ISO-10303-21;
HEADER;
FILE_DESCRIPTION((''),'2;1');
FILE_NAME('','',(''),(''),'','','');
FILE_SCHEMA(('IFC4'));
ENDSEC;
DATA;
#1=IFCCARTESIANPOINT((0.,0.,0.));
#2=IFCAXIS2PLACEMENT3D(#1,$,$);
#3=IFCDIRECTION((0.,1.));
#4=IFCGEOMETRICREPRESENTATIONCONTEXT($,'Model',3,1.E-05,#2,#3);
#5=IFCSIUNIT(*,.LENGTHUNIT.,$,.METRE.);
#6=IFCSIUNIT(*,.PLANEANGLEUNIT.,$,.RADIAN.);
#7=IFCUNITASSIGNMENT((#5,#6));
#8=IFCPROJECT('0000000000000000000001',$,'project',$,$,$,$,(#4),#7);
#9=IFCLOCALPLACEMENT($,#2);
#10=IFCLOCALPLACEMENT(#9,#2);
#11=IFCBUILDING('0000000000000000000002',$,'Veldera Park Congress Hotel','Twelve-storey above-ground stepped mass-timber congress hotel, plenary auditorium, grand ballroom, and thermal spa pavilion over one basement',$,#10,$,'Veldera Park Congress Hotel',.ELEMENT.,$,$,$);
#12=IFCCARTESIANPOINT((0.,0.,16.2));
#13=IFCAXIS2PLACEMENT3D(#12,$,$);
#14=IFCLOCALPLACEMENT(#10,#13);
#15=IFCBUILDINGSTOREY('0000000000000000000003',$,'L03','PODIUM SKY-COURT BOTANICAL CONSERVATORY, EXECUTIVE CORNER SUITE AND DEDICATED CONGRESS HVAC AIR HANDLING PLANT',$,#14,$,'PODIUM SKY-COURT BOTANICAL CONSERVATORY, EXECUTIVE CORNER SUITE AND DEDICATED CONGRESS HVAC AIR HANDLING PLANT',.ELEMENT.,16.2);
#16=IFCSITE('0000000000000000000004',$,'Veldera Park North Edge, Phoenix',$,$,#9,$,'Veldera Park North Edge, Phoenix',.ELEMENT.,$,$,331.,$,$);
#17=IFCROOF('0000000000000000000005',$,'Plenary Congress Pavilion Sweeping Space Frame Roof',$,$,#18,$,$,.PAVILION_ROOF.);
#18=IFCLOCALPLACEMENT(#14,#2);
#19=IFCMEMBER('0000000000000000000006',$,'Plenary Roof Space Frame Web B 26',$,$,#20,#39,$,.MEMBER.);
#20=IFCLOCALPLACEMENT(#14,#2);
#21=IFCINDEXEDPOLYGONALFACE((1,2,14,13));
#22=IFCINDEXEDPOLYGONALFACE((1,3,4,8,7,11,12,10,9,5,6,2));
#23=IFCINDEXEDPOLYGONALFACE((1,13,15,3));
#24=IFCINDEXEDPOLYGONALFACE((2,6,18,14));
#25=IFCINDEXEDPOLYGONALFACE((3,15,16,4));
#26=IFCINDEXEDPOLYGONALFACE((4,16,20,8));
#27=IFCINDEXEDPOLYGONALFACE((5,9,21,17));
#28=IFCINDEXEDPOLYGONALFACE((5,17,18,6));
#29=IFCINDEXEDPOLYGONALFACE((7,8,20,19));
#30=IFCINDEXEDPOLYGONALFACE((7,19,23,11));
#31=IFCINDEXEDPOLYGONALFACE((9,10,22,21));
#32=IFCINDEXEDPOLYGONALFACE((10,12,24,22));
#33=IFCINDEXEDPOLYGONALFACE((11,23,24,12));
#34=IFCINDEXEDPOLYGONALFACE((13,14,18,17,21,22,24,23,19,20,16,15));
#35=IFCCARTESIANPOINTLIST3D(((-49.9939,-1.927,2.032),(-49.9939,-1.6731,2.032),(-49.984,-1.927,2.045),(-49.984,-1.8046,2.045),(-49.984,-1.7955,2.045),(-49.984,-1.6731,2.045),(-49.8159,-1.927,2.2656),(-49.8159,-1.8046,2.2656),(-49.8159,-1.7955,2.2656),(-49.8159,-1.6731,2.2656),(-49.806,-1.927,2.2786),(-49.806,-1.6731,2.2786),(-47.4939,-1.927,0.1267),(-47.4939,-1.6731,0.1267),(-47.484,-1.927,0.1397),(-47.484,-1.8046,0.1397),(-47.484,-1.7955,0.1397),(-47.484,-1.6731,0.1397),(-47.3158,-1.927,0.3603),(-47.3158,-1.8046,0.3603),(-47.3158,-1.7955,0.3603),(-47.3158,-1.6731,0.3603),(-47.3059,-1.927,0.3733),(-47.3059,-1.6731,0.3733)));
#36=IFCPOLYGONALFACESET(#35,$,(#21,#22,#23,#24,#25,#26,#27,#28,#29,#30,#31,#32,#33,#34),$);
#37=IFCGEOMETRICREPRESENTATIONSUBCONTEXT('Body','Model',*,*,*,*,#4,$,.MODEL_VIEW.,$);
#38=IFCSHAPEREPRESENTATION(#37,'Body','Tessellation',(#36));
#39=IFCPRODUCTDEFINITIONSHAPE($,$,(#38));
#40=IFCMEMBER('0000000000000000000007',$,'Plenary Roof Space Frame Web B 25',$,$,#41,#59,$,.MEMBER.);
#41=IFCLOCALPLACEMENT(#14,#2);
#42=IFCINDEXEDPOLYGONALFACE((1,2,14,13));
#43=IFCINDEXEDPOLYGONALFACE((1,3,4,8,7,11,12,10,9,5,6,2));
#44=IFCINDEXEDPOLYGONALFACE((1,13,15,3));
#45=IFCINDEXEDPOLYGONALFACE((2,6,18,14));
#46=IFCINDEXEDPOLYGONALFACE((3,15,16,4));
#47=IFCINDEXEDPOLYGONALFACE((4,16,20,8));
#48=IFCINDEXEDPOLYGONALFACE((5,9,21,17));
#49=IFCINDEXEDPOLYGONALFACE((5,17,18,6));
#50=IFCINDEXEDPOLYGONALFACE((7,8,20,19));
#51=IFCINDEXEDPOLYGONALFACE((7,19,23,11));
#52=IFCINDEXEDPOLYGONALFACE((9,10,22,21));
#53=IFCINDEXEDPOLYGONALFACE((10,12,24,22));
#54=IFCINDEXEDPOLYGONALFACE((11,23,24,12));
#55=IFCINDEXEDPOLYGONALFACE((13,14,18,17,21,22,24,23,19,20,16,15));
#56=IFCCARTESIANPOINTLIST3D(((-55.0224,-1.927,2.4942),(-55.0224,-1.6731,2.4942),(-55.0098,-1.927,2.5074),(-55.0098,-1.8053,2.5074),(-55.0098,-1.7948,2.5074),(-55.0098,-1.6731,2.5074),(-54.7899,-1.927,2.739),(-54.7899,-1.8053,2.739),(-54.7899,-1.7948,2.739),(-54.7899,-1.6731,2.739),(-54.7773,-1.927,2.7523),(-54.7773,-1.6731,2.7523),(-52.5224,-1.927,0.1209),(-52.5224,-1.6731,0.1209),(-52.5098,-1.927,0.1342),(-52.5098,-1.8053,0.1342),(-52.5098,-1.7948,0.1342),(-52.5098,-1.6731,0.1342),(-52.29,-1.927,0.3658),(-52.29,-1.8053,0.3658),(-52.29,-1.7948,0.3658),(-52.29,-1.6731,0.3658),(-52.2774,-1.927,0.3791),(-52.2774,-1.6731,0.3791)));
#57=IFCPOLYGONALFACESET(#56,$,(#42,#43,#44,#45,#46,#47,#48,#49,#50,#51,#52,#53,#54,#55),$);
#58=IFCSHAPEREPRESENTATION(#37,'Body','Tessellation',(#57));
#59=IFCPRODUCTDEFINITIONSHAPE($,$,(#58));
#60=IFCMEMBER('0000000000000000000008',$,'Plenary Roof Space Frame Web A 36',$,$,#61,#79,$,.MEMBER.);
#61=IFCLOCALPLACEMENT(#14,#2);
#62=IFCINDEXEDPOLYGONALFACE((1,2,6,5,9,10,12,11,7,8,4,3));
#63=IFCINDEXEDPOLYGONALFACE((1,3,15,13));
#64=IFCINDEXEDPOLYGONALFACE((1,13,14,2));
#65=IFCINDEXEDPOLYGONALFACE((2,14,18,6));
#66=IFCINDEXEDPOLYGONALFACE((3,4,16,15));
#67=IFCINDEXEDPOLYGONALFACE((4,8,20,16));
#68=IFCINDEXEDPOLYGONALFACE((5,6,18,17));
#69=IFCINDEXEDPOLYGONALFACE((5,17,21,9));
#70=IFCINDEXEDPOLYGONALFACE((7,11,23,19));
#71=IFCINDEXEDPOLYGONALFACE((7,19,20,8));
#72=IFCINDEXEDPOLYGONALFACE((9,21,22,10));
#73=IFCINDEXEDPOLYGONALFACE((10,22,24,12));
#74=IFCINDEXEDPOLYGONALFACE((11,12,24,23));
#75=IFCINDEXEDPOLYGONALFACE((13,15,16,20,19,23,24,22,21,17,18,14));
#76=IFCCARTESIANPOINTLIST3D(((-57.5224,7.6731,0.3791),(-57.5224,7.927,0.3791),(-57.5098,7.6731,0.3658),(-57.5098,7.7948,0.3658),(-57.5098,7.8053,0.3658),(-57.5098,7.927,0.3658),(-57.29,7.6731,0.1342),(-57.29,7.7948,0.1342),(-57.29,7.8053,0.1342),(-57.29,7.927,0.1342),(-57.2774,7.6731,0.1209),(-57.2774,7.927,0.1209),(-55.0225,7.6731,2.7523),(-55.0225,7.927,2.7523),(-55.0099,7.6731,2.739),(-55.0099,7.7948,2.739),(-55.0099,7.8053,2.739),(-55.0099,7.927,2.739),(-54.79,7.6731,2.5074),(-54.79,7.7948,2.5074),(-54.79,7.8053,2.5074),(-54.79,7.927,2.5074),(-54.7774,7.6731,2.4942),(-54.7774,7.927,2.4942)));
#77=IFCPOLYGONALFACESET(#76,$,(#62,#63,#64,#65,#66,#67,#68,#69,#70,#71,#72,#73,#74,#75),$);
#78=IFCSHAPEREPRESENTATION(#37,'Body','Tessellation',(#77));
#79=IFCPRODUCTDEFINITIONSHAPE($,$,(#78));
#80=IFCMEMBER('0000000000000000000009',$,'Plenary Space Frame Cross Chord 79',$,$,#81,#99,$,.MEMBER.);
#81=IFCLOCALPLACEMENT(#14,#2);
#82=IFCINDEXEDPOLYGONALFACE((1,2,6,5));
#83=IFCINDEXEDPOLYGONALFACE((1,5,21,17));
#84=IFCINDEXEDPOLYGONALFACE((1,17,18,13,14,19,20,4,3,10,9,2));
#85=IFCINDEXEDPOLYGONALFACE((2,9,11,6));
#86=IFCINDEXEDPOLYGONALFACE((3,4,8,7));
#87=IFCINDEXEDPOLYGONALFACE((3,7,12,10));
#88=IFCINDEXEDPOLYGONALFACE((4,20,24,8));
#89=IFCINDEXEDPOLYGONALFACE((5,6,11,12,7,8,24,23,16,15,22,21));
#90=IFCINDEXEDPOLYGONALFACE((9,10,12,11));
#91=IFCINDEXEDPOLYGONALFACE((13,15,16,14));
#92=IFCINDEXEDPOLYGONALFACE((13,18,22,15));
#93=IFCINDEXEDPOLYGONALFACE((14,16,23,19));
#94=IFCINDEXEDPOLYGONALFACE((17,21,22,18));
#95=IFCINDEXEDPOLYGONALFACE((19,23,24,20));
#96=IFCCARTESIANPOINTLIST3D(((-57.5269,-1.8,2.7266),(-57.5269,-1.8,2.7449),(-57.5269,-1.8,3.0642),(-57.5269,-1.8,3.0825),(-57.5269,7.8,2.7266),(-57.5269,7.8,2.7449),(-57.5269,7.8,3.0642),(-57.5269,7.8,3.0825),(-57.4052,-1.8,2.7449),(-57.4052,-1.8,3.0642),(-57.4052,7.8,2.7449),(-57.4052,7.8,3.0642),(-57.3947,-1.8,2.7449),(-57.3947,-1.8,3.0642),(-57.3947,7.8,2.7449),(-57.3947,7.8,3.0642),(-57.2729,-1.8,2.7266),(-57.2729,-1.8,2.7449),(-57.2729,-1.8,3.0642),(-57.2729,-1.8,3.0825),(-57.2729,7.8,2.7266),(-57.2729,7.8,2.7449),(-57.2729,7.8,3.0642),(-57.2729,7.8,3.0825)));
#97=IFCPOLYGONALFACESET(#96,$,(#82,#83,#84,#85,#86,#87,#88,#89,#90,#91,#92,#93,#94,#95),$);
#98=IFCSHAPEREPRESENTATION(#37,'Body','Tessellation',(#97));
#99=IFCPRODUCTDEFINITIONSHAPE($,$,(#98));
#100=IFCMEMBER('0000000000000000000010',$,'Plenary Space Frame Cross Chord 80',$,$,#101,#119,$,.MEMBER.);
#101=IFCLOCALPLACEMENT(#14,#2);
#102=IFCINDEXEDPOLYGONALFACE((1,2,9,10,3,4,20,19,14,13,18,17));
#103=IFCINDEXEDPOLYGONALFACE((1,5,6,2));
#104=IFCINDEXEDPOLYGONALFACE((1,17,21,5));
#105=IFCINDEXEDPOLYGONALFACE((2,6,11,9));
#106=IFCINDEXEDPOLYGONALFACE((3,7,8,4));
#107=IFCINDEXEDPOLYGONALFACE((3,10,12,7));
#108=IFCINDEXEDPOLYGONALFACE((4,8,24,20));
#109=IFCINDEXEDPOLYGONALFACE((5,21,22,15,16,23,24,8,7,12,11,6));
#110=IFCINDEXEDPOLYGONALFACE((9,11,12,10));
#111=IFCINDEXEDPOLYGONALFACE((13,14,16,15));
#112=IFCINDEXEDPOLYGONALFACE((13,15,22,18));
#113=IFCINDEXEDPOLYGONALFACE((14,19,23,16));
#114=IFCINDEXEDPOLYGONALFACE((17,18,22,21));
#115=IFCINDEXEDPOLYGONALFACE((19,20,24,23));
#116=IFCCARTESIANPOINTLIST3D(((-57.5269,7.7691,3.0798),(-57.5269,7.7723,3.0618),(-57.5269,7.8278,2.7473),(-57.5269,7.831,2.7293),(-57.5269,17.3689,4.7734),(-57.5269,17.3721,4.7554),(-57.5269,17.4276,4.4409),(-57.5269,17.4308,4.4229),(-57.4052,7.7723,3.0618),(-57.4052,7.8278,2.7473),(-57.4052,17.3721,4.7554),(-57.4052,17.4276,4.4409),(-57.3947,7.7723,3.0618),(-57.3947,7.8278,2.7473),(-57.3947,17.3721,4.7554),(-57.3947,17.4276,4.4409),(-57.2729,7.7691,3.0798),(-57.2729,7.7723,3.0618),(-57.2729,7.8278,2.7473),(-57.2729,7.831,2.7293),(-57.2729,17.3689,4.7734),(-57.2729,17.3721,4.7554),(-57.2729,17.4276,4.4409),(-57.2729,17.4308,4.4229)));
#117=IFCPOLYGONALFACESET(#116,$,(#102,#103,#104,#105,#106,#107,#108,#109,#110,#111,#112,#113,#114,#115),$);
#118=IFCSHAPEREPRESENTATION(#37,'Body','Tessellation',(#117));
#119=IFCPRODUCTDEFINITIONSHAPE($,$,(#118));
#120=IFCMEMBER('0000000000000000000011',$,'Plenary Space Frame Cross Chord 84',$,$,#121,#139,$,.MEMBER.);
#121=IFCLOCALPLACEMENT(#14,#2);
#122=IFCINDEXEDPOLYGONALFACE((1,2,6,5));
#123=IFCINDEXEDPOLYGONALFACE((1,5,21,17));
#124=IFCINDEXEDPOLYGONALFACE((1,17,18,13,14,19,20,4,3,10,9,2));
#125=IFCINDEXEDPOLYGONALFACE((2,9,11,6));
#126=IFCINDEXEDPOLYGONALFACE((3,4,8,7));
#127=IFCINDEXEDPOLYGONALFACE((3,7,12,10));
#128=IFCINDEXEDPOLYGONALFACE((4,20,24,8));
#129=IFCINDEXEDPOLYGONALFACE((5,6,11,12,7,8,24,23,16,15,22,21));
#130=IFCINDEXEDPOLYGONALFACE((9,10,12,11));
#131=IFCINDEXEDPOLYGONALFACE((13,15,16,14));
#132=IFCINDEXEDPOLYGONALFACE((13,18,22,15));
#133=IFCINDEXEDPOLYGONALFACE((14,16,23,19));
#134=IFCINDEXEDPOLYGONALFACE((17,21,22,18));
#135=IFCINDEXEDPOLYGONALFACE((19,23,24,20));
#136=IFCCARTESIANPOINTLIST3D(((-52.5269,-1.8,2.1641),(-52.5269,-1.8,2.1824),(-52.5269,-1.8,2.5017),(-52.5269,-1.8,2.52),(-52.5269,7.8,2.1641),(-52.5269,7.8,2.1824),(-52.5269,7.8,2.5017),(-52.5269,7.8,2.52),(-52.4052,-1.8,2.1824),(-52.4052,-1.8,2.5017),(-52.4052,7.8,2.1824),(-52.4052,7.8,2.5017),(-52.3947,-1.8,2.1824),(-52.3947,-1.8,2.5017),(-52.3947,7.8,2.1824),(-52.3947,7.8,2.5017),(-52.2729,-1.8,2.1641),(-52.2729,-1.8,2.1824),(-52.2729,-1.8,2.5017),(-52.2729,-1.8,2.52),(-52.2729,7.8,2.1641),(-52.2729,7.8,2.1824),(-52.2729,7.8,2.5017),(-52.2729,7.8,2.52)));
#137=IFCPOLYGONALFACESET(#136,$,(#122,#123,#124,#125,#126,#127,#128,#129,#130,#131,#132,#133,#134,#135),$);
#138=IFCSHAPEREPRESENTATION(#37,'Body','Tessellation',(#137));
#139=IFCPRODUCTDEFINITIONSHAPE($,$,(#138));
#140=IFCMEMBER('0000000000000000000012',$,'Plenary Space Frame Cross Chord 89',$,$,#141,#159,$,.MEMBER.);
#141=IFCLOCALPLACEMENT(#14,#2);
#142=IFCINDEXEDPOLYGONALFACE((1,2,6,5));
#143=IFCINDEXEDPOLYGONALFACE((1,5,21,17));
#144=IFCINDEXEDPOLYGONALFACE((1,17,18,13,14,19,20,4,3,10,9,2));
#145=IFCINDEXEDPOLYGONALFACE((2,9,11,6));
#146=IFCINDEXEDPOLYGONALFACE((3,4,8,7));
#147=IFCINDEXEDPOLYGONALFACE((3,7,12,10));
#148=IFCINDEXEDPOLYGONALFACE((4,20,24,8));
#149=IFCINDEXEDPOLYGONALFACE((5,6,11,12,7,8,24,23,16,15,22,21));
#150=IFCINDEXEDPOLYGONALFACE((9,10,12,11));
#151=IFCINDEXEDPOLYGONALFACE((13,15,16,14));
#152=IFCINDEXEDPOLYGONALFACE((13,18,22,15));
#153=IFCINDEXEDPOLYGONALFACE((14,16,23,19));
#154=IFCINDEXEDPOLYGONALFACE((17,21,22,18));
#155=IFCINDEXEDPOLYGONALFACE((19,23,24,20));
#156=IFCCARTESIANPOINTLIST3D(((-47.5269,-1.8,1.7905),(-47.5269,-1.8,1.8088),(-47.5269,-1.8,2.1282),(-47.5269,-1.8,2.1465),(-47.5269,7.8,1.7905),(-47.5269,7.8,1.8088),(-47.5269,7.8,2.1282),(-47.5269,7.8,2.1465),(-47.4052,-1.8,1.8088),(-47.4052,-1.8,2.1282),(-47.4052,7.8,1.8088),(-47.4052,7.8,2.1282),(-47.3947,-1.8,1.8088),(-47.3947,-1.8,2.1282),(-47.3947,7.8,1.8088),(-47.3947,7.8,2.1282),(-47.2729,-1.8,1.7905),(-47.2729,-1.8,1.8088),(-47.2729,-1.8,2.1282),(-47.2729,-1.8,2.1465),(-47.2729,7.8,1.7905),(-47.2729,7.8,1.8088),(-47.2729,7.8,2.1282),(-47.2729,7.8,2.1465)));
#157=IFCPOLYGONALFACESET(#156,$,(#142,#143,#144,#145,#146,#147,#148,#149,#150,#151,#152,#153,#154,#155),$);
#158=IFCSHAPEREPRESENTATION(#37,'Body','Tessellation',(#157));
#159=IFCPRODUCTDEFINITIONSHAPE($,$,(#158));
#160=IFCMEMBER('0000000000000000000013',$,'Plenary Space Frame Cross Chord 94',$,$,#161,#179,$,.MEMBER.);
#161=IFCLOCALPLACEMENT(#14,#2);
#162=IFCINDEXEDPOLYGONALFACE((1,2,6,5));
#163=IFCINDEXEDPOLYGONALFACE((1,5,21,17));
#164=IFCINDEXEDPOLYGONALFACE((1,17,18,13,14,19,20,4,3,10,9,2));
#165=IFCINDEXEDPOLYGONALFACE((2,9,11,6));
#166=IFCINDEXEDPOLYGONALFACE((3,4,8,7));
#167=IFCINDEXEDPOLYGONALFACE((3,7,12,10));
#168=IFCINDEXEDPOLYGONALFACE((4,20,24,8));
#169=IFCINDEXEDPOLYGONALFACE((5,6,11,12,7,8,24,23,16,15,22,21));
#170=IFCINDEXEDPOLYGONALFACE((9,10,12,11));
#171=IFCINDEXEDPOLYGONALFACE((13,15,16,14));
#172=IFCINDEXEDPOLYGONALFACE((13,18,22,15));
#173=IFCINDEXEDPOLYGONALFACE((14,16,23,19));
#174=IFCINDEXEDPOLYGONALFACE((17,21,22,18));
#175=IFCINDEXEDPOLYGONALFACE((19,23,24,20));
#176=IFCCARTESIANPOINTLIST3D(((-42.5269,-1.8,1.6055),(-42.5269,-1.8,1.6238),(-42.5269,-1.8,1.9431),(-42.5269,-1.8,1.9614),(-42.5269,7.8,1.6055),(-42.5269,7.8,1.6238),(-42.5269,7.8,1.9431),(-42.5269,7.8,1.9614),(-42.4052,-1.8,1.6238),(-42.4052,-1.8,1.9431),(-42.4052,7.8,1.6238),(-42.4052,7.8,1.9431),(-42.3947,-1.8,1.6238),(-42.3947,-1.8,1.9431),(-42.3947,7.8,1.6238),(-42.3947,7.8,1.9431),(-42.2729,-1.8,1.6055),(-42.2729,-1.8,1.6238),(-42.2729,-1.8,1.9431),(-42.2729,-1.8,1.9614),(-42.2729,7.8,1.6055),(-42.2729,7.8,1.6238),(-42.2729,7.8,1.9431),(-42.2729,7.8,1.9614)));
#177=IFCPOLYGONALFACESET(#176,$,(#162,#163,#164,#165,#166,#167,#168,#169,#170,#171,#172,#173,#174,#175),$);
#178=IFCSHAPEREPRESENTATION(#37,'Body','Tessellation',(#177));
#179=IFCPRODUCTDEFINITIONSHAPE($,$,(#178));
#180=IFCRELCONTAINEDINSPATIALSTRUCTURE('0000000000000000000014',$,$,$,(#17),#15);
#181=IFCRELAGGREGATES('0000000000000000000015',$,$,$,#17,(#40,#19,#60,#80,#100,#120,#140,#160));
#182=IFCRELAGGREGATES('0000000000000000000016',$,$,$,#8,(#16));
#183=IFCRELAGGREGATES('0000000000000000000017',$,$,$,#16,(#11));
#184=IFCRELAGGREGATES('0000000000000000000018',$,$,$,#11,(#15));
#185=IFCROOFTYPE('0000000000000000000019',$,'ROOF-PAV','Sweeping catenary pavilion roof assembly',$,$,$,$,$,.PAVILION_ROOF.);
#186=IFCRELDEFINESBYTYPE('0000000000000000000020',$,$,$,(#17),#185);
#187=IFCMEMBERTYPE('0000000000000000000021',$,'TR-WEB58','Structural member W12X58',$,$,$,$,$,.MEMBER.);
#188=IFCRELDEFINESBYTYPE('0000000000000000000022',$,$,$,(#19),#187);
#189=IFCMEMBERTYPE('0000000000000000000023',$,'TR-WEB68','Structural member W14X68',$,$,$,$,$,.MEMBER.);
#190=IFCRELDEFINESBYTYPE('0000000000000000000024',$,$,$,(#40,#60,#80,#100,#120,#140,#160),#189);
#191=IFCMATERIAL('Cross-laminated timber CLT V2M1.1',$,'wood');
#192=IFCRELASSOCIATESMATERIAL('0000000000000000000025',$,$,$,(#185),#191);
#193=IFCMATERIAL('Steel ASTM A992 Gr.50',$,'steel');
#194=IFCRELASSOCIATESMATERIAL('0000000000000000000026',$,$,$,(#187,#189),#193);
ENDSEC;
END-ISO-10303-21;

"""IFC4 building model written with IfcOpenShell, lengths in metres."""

from ifc_helpers import new_model, si_unit, direction, frame, origin, origin_2d, place, context, subcontext, project, spatial, i_section, extrude, material, material_profile, profile_set, type_object, element, aggregate, save


model = new_model("IFC4")

# Units and contexts
model_context = context("Model", 3, precision=1e-05, world=origin(), true_north=direction((0.0, 1.0)))
body_context = subcontext(model_context, "Body", "Model", "MODEL_VIEW")
ifc_project = project(units=[si_unit("LENGTHUNIT", "METRE"), si_unit("PLANEANGLEUNIT", "RADIAN")], contexts=[model_context])

# Site, building, storey
site_placement = place(None, origin())
site = spatial("IfcSite", under=ifc_project, at=site_placement, Name="Veldera Park North Edge, Phoenix", LongName="Veldera Park North Edge, Phoenix", CompositionType="ELEMENT", RefElevation=331.0)
building_placement = place(site_placement, origin())
building = spatial("IfcBuilding", under=site, at=building_placement, Name="Veldera Park Congress Hotel", Description="Twelve-storey above-ground stepped mass-timber congress hotel, plenary auditorium, grand ballroom, and thermal spa pavilion over one basement", LongName="Veldera Park Congress Hotel", CompositionType="ELEMENT")
storey_placement = place(building_placement, frame((0.0, 0.0, 16.2)))
storey = spatial("IfcBuildingStorey", under=building, at=storey_placement, Name="L03", Description="PODIUM SKY-COURT BOTANICAL CONSERVATORY, EXECUTIVE CORNER SUITE AND DEDICATED CONGRESS HVAC AIR HANDLING PLANT", LongName="PODIUM SKY-COURT BOTANICAL CONSERVATORY, EXECUTIVE CORNER SUITE AND DEDICATED CONGRESS HVAC AIR HANDLING PLANT", CompositionType="ELEMENT", Elevation=16.2)

# Roof, members
ifc_material_1 = material(Name="Cross-laminated timber CLT V2M1.1", Category="wood")
roof_type = type_object("IfcRoofType", Name="ROOF-PAV", Description="Sweeping catenary pavilion roof assembly", PredefinedType="PAVILION_ROOF", material=ifc_material_1)
roof_placement = place(storey_placement, origin())
roof = element("IfcRoof", 1, at=roof_placement, inside=storey, type_object=roof_type, Name="Plenary Congress Pavilion Sweeping Space Frame Roof", PredefinedType="PAVILION_ROOF")
ifc_material_2 = material(Name="Steel ASTM A992 Gr.50", Category="steel")
ifc_material_profile_1 = material_profile(ifc_material_2, i_section(OverallWidth=0.2539, OverallDepth=0.3101, WebThickness=0.009, FlangeThickness=0.0164, at=origin_2d()), Name="W12X58")
ifc_profile_set_1 = profile_set([ifc_material_profile_1], Name="Steel ASTM A992 Gr.50")
member_type_1 = type_object("IfcMemberType", Name="TR-WEB58", Description="Structural member W12X58", PredefinedType="MEMBER", material=ifc_profile_set_1)
member_1_placement = place(storey_placement, frame((-47.3999, -1.8, 0.25), z_axis=(-0.795353, 0.0, 0.606146), x_axis=(0.0, -1.0, 0.0)))
member_1 = element("IfcMember", 2, at=member_1_placement, type_object=member_type_1, Name="Plenary Roof Space Frame Web B 26", PredefinedType="MEMBER", context=body_context, shape_type="SweptSolid", body=[
    extrude(i_section(OverallWidth=0.2539, OverallDepth=0.3101, WebThickness=0.009, FlangeThickness=0.0164, at=origin_2d()), origin(), (0.0, 0.0, 1.0), 3.1433),
])
ifc_material_profile_2 = material_profile(ifc_material_2, i_section(OverallWidth=0.2539, OverallDepth=0.356, WebThickness=0.0105, FlangeThickness=0.0183, at=origin_2d()), Name="W14X68")
ifc_profile_set_2 = profile_set([ifc_material_profile_2], Name="Steel ASTM A992 Gr.50")
member_type_2 = type_object("IfcMemberType", Name="TR-WEB68", Description="Structural member W14X68", PredefinedType="MEMBER", material=ifc_profile_set_2)
member_2_placement = place(storey_placement, frame((-52.3999, -1.8, 0.25), z_axis=(-0.725247, 0.0, 0.688489), x_axis=(0.0, -1.0, 0.0)))
member_2 = element("IfcMember", 3, at=member_2_placement, type_object=member_type_2, Name="Plenary Roof Space Frame Web B 25", PredefinedType="MEMBER", context=body_context, shape_type="SweptSolid", body=[
    extrude(i_section(OverallWidth=0.2539, OverallDepth=0.356, WebThickness=0.0105, FlangeThickness=0.0183, at=origin_2d()), origin(), (0.0, 0.0, 1.0), 3.447),
])
member_3_placement = place(storey_placement, frame((-57.3999, 7.8, 0.25), z_axis=(0.725247, 0.0, 0.688489), x_axis=(0.0, 1.0, 0.0)))
member_3 = element("IfcMember", 4, at=member_3_placement, type_object=member_type_2, Name="Plenary Roof Space Frame Web A 36", PredefinedType="MEMBER", context=body_context, shape_type="SweptSolid", body=[
    extrude(i_section(OverallWidth=0.2539, OverallDepth=0.356, WebThickness=0.0105, FlangeThickness=0.0183, at=origin_2d()), origin(), (0.0, 0.0, 1.0), 3.447),
])
member_4_placement = place(storey_placement, frame((-57.3999, -1.8, 2.9045), z_axis=(0.0, 1.0, 0.0), x_axis=(-1.0, 0.0, 0.0)))
member_4 = element("IfcMember", 5, at=member_4_placement, type_object=member_type_2, Name="Plenary Space Frame Cross Chord 79", PredefinedType="MEMBER", context=body_context, shape_type="SweptSolid", body=[
    extrude(i_section(OverallWidth=0.2539, OverallDepth=0.356, WebThickness=0.0105, FlangeThickness=0.0183, at=origin_2d()), origin(), (0.0, 0.0, 1.0), 9.6001),
])
member_5_placement = place(storey_placement, frame((-57.3999, 7.8, 2.9045), z_axis=(0.0, 0.984792, 0.173737), x_axis=(-1.0, 0.0, 0.0)))
member_5 = element("IfcMember", 6, at=member_5_placement, type_object=member_type_2, Name="Plenary Space Frame Cross Chord 80", PredefinedType="MEMBER", context=body_context, shape_type="SweptSolid", body=[
    extrude(i_section(OverallWidth=0.2539, OverallDepth=0.356, WebThickness=0.0105, FlangeThickness=0.0183, at=origin_2d()), origin(), (0.0, 0.0, 1.0), 9.748),
])
member_6_placement = place(storey_placement, frame((-52.3999, -1.8, 2.342), z_axis=(0.0, 1.0, 0.0), x_axis=(-1.0, 0.0, 0.0)))
member_6 = element("IfcMember", 7, at=member_6_placement, type_object=member_type_2, Name="Plenary Space Frame Cross Chord 84", PredefinedType="MEMBER", context=body_context, shape_type="SweptSolid", body=[
    extrude(i_section(OverallWidth=0.2539, OverallDepth=0.356, WebThickness=0.0105, FlangeThickness=0.0183, at=origin_2d()), origin(), (0.0, 0.0, 1.0), 9.6001),
])
member_7_placement = place(storey_placement, frame((-47.3999, -1.8, 1.9685), z_axis=(0.0, 1.0, 0.0), x_axis=(-1.0, 0.0, 0.0)))
member_7 = element("IfcMember", 8, at=member_7_placement, type_object=member_type_2, Name="Plenary Space Frame Cross Chord 89", PredefinedType="MEMBER", context=body_context, shape_type="SweptSolid", body=[
    extrude(i_section(OverallWidth=0.2539, OverallDepth=0.356, WebThickness=0.0105, FlangeThickness=0.0183, at=origin_2d()), origin(), (0.0, 0.0, 1.0), 9.6001),
])
member_8_placement = place(storey_placement, frame((-42.3999, -1.8, 1.7834), z_axis=(0.0, 1.0, 0.0), x_axis=(-1.0, 0.0, 0.0)))
member_8 = element("IfcMember", 9, at=member_8_placement, type_object=member_type_2, Name="Plenary Space Frame Cross Chord 94", PredefinedType="MEMBER", context=body_context, shape_type="SweptSolid", body=[
    extrude(i_section(OverallWidth=0.2539, OverallDepth=0.356, WebThickness=0.0105, FlangeThickness=0.0183, at=origin_2d()), origin(), (0.0, 0.0, 1.0), 9.6001),
])
aggregate(roof, [member_2, member_1, member_3, member_4, member_5, member_6, member_7, member_8])

save(model, "model.ifc")
